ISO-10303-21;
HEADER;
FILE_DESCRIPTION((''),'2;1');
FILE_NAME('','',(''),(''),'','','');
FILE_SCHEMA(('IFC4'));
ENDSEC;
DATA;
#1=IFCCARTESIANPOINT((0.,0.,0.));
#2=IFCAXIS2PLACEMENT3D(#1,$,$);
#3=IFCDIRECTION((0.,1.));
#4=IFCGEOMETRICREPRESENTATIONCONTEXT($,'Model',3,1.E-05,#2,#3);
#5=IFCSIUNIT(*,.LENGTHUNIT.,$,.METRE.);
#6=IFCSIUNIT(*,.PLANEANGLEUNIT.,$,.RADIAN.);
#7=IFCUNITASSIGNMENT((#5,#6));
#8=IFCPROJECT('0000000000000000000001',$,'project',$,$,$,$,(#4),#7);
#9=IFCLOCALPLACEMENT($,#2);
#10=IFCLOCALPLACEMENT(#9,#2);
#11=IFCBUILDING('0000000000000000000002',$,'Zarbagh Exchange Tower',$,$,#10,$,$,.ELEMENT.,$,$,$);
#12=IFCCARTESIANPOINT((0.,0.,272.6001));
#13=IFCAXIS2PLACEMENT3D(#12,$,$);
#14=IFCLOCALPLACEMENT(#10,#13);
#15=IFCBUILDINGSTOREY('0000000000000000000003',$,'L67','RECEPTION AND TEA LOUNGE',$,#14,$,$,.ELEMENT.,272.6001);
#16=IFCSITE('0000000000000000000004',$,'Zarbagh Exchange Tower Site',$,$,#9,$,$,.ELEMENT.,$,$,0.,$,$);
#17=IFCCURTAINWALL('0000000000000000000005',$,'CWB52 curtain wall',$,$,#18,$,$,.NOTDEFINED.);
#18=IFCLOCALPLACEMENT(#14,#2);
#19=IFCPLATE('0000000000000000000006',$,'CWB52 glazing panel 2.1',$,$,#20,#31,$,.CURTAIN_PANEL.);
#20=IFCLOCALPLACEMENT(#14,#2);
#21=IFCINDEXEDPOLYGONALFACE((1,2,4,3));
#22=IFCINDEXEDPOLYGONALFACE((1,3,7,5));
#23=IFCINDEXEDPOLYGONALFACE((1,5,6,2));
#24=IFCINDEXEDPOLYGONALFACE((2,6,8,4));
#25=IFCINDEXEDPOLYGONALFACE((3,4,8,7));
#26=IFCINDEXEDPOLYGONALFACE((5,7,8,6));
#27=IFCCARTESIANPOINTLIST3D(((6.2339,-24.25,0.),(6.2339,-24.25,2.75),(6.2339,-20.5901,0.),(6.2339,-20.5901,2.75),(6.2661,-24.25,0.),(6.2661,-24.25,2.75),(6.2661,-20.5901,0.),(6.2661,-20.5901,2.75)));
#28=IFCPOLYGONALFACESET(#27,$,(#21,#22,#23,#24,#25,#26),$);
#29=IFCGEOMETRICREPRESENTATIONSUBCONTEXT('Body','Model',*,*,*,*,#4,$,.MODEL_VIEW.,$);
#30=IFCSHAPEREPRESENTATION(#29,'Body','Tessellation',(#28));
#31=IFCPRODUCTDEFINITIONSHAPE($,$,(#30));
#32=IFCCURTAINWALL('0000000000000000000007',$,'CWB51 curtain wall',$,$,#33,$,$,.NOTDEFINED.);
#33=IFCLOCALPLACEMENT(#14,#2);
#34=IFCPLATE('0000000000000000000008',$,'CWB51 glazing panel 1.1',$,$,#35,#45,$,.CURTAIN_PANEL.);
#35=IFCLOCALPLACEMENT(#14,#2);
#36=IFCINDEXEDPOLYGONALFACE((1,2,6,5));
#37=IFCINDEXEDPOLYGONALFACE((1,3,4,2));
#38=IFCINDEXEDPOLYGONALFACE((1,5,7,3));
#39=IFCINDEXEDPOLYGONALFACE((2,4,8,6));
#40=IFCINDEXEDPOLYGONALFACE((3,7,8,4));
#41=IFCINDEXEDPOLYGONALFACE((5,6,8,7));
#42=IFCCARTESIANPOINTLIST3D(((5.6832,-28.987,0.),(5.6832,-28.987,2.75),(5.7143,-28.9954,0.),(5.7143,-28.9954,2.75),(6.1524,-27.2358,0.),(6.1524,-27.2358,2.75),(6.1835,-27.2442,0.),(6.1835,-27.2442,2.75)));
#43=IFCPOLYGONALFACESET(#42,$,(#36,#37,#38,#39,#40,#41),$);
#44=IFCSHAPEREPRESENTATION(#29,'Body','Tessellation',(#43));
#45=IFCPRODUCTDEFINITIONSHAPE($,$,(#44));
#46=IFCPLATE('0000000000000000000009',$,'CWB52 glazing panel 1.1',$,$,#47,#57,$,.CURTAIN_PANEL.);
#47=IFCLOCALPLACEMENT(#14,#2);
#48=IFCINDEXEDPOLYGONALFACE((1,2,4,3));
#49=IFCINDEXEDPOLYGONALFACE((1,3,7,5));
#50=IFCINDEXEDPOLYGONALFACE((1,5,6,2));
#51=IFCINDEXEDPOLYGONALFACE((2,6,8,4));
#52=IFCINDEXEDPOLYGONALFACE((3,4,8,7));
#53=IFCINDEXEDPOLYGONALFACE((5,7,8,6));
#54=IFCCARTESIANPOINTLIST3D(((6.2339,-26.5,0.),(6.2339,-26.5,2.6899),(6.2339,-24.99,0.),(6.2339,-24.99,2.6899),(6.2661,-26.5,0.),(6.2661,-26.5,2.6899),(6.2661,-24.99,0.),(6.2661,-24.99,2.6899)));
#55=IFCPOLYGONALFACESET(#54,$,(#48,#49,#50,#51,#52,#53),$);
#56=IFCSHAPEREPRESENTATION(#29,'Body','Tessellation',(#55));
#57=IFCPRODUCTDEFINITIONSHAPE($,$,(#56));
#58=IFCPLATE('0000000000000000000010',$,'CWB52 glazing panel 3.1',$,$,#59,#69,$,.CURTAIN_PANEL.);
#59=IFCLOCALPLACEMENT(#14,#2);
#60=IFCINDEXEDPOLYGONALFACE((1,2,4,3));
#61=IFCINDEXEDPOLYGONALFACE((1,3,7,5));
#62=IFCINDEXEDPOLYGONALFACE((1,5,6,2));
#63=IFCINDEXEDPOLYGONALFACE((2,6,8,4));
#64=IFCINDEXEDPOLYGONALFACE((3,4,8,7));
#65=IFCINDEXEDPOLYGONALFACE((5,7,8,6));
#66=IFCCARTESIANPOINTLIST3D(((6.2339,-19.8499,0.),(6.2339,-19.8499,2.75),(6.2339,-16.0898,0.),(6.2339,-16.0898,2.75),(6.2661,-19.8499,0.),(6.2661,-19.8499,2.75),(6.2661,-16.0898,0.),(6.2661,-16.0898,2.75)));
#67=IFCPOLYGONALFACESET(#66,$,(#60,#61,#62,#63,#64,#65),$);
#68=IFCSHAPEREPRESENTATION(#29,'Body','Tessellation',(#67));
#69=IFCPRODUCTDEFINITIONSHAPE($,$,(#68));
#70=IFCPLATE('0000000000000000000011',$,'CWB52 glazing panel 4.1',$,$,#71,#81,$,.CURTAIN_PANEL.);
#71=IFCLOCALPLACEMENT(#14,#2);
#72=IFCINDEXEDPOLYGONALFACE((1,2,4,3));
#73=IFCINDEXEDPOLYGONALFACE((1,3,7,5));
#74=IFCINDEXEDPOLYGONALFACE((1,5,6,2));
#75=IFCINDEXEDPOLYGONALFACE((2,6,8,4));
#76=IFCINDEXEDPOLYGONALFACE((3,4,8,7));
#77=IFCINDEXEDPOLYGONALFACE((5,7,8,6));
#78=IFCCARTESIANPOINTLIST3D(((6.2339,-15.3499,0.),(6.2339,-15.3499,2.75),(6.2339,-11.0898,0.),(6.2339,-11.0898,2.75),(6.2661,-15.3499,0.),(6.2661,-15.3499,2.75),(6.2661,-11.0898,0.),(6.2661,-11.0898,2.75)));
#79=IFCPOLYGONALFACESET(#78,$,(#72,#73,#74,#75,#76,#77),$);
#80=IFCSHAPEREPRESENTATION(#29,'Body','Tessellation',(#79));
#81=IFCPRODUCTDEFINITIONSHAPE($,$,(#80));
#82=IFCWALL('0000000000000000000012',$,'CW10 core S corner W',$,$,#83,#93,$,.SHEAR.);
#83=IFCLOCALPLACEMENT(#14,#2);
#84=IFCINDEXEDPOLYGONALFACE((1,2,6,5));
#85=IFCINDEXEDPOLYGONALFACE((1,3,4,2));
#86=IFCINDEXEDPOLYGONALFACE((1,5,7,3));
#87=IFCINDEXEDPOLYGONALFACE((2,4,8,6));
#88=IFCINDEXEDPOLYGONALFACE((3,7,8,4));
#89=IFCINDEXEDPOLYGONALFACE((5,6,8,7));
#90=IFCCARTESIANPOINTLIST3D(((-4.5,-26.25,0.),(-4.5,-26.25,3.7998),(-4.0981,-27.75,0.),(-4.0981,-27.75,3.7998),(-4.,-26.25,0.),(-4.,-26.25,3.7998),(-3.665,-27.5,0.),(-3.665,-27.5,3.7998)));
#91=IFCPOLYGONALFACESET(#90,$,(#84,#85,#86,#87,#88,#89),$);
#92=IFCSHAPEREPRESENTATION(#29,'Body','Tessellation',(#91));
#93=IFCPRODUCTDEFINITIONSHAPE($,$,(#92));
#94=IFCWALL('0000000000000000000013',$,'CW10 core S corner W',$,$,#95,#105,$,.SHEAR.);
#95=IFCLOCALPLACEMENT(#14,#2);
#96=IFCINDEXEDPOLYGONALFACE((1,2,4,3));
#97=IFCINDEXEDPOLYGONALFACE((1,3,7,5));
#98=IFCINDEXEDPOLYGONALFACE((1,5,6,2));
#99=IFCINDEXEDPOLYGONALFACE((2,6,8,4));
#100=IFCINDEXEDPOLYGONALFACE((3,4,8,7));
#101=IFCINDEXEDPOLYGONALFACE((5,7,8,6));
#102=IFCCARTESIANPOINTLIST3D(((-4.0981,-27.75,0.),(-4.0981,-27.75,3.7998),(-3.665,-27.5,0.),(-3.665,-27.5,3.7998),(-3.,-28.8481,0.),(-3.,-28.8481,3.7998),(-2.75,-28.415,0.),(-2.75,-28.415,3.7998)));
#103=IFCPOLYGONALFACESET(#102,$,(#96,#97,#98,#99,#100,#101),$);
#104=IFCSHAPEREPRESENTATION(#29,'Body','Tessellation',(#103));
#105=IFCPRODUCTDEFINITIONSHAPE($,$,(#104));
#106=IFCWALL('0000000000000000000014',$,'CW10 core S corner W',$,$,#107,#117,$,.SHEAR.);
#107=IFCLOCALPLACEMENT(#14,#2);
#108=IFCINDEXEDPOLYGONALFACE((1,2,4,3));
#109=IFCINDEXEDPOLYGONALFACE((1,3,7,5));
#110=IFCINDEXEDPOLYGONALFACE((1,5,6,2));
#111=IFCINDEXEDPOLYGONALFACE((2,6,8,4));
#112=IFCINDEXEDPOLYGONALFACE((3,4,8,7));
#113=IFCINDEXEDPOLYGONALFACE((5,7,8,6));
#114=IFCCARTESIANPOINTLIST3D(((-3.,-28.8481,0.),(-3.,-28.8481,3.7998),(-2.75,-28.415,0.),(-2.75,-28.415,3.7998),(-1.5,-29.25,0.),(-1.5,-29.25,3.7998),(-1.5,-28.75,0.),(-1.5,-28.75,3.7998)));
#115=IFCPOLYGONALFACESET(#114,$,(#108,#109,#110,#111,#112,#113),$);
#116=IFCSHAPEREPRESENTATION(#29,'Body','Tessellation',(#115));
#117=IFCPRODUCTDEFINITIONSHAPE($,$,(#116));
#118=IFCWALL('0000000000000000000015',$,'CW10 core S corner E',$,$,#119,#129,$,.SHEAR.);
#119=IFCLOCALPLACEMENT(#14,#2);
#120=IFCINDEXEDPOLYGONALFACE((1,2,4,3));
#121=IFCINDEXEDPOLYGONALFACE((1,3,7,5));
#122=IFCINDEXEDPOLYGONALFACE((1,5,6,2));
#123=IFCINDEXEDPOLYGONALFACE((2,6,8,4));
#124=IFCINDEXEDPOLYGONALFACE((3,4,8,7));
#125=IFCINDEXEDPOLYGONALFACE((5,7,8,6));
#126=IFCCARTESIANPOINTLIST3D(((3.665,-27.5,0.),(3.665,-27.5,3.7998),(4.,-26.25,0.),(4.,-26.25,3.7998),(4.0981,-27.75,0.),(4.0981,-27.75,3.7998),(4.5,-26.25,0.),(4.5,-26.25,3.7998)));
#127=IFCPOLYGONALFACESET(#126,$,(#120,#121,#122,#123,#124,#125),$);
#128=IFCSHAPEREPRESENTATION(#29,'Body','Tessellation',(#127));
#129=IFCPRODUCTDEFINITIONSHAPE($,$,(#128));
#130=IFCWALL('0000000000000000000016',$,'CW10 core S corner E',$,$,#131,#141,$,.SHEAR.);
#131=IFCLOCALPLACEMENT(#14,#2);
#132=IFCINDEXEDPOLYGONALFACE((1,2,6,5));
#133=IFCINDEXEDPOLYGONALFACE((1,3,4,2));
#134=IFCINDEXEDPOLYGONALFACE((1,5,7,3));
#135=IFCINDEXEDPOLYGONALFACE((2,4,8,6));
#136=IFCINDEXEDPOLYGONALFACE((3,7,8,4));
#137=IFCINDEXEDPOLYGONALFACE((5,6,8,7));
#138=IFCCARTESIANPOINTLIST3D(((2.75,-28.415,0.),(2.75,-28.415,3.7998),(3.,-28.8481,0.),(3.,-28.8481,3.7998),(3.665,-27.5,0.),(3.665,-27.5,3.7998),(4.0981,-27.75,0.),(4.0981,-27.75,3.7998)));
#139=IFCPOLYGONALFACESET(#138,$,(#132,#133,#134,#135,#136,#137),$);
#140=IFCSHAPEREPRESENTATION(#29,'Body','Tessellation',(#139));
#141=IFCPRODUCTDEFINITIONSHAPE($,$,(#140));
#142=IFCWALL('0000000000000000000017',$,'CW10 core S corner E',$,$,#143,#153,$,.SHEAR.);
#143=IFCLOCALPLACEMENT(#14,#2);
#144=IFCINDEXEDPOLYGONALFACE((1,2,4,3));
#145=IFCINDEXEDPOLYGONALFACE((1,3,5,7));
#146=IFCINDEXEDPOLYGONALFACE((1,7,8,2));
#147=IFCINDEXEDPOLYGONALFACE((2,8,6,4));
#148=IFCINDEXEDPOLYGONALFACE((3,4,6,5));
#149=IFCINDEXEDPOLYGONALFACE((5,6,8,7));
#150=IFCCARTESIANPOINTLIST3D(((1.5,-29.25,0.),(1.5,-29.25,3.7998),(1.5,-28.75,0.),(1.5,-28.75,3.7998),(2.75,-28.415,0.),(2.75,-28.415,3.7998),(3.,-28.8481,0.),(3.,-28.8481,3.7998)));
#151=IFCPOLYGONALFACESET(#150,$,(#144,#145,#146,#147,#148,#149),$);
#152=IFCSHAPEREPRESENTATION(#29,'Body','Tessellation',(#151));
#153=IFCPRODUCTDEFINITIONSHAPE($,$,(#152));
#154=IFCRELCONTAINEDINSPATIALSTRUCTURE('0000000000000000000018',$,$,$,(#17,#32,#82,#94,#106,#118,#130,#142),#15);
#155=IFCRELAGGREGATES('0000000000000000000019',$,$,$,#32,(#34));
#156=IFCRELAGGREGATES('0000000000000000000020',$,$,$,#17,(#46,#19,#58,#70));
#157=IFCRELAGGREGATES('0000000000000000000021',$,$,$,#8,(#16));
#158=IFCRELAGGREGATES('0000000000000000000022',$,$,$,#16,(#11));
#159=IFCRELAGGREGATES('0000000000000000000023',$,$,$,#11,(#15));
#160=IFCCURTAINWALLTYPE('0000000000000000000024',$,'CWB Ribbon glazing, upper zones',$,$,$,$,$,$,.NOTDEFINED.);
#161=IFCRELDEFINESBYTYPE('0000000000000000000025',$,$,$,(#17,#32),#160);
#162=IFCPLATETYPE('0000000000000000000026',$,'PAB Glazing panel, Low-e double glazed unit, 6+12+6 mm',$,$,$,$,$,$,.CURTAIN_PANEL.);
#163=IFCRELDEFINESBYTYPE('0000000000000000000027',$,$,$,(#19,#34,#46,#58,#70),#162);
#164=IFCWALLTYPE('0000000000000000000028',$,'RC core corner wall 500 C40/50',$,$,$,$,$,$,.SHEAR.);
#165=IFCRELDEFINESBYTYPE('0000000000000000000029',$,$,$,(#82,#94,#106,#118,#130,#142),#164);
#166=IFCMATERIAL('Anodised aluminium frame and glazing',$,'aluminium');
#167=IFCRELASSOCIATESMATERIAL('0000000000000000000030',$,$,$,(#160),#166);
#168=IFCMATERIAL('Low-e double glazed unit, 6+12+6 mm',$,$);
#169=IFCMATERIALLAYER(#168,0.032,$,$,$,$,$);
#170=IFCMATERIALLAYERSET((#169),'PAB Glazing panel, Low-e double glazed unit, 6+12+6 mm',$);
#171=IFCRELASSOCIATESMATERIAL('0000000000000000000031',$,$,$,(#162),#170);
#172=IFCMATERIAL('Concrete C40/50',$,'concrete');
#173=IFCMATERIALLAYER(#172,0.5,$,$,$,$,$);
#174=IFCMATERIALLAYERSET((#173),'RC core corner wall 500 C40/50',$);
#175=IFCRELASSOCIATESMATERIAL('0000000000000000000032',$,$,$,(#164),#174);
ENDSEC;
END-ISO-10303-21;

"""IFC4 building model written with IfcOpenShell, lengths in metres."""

from ifc_helpers import new_model, si_unit, direction, frame, origin, place, context, subcontext, project, spatial, polyline, outline, extrude, source, transform, mapped, material, layer, layer_set, type_object, element, aggregate, save


model = new_model("IFC4")

# Units and contexts
model_context = context("Model", 3, precision=1e-05, world=origin(), true_north=direction((0.0, 1.0)))
body_context = subcontext(model_context, "Body", "Model", "MODEL_VIEW")
ifc_project = project(units=[si_unit("LENGTHUNIT", "METRE"), si_unit("PLANEANGLEUNIT", "RADIAN")], contexts=[model_context])

# Site, building, storey
site_placement = place(None, origin())
site = spatial("IfcSite", under=ifc_project, at=site_placement, Name="Zarbagh Exchange Tower Site", CompositionType="ELEMENT", RefElevation=0.0)
building_placement = place(site_placement, origin())
building = spatial("IfcBuilding", under=site, at=building_placement, Name="Zarbagh Exchange Tower", CompositionType="ELEMENT")
storey_placement = place(building_placement, frame((0.0, 0.0, 272.6001)))
storey = spatial("IfcBuildingStorey", under=building, at=storey_placement, Name="L67", Description="RECEPTION AND TEA LOUNGE", CompositionType="ELEMENT", Elevation=272.6001)

# Shared definitions
ifc_material_1 = material(Name="Anodised aluminium frame and glazing", Category="aluminium")
curtain_wall_type = type_object("IfcCurtainWallType", Name="CWB Ribbon glazing, upper zones", PredefinedType="NOTDEFINED", material=ifc_material_1)
placement = place(storey_placement, origin())

# Curtain wall
curtain_wall_1_placement = place(storey_placement, origin())
curtain_wall_1 = element("IfcCurtainWall", 1, at=curtain_wall_1_placement, inside=storey, type_object=curtain_wall_type, Name="CWB52 curtain wall", PredefinedType="NOTDEFINED")

# Shared definitions
ifc_material_2 = material(Name="Concrete C40/50", Category="concrete")

# Shared definitions
ifc_material_3 = material(Name="Low-e double glazed unit, 6+12+6 mm")
ifc_layer_1 = layer(ifc_material_3, 0.032)
ifc_layer_set_1 = layer_set([ifc_layer_1], Name="PAB Glazing panel, Low-e double glazed unit, 6+12+6 mm")
plate_type = type_object("IfcPlateType", Name="PAB Glazing panel, Low-e double glazed unit, 6+12+6 mm", PredefinedType="CURTAIN_PANEL", material=ifc_layer_set_1)

# Plate
shared_shape_1 = source(origin(), body_context, "Body", "SweptSolid", [
    extrude(outline(polyline([(0.0, -0.0161), (3.6599, -0.0161), (3.6599, 0.0161), (0.0, 0.0161), (0.0, -0.0161)])), origin(), (0.0, 0.0, 1.0), 2.75),
])
plate_1 = element("IfcPlate", 2, at=placement, type_object=plate_type, Name="CWB52 glazing panel 2.1", PredefinedType="CURTAIN_PANEL", context=body_context, shape_type="MappedRepresentation", body=[
    mapped(shared_shape_1, transform((6.25, -24.25, 0.0), x_axis=(0.0, 1.0, 0.0), y_axis=(-1.0, 0.0, 0.0), z_axis=(0.0, 0.0, 1.0))),
])

# Curtain wall, plate
curtain_wall_2_placement = place(storey_placement, origin())
curtain_wall_2 = element("IfcCurtainWall", 3, at=curtain_wall_2_placement, inside=storey, type_object=curtain_wall_type, Name="CWB51 curtain wall", PredefinedType="NOTDEFINED")
shared_shape_2 = source(origin(), body_context, "Body", "SweptSolid", [
    extrude(outline(polyline([(0.0, -0.0161), (1.813, -0.0161), (1.813, 0.0161), (0.0, 0.0161), (0.0, -0.0161)])), origin(), (0.0, 0.0, 1.0), 2.75),
])
plate_2 = element("IfcPlate", 4, at=placement, type_object=plate_type, Name="CWB51 glazing panel 1.1", PredefinedType="CURTAIN_PANEL", context=body_context, shape_type="MappedRepresentation", body=[
    mapped(shared_shape_2, transform((5.6987, -28.9912, 0.0), x_axis=(0.258825, 0.965924, 0.0), y_axis=(-0.965924, 0.258825, 0.0), z_axis=(0.0, 0.0, 1.0))),
])
aggregate(curtain_wall_2, [plate_2])

# Plates
shared_shape_3 = source(origin(), body_context, "Body", "SweptSolid", [
    extrude(outline(polyline([(0.0, -0.0161), (1.51, -0.0161), (1.51, 0.0161), (0.0, 0.0161), (0.0, -0.0161)])), origin(), (0.0, 0.0, 1.0), 2.6899),
])
plate_3 = element("IfcPlate", 5, at=placement, type_object=plate_type, Name="CWB52 glazing panel 1.1", PredefinedType="CURTAIN_PANEL", context=body_context, shape_type="MappedRepresentation", body=[
    mapped(shared_shape_3, transform((6.25, -26.5, 0.0), x_axis=(0.0, 1.0, 0.0), y_axis=(-1.0, 0.0, 0.0), z_axis=(0.0, 0.0, 1.0))),
])
shared_shape_4 = source(origin(), body_context, "Body", "SweptSolid", [
    extrude(outline(polyline([(0.0, -0.0161), (3.76, -0.0161), (3.76, 0.0161), (0.0, 0.0161), (0.0, -0.0161)])), origin(), (0.0, 0.0, 1.0), 2.75),
])
plate_4 = element("IfcPlate", 6, at=placement, type_object=plate_type, Name="CWB52 glazing panel 3.1", PredefinedType="CURTAIN_PANEL", context=body_context, shape_type="MappedRepresentation", body=[
    mapped(shared_shape_4, transform((6.25, -19.8499, 0.0), x_axis=(0.0, 1.0, 0.0), y_axis=(-1.0, 0.0, 0.0), z_axis=(0.0, 0.0, 1.0))),
])
shared_shape_5 = source(origin(), body_context, "Body", "SweptSolid", [
    extrude(outline(polyline([(0.0, -0.0161), (4.26, -0.0161), (4.26, 0.0161), (0.0, 0.0161), (0.0, -0.0161)])), origin(), (0.0, 0.0, 1.0), 2.75),
])
plate_5 = element("IfcPlate", 7, at=placement, type_object=plate_type, Name="CWB52 glazing panel 4.1", PredefinedType="CURTAIN_PANEL", context=body_context, shape_type="MappedRepresentation", body=[
    mapped(shared_shape_5, transform((6.25, -15.3499, 0.0), x_axis=(0.0, 1.0, 0.0), y_axis=(-1.0, 0.0, 0.0), z_axis=(0.0, 0.0, 1.0))),
])
aggregate(curtain_wall_1, [plate_3, plate_1, plate_4, plate_5])

# Walls
ifc_layer_2 = layer(ifc_material_2, 0.5)
ifc_layer_set_2 = layer_set([ifc_layer_2], Name="RC core corner wall 500 C40/50")
wall_type = type_object("IfcWallType", Name="RC core corner wall 500 C40/50", PredefinedType="SHEAR", material=ifc_layer_set_2)
wall_1_placement = place(storey_placement, origin())
element("IfcWall", 8, at=wall_1_placement, inside=storey, type_object=wall_type, Name="CW10 core S corner W", PredefinedType="SHEAR", context=body_context, shape_type="SweptSolid", body=[
    extrude(outline(polyline([(-4.5, -26.25), (-4.0981, -27.75), (-3.665, -27.5), (-4.0, -26.25), (-4.5, -26.25)])), origin(), (0.0, 0.0, 1.0), 3.7998),
])
wall_2_placement = place(storey_placement, origin())
element("IfcWall", 9, at=wall_2_placement, inside=storey, type_object=wall_type, Name="CW10 core S corner W", PredefinedType="SHEAR", context=body_context, shape_type="SweptSolid", body=[
    extrude(outline(polyline([(-4.0981, -27.75), (-3.0, -28.8481), (-2.75, -28.415), (-3.665, -27.5), (-4.0981, -27.75)])), origin(), (0.0, 0.0, 1.0), 3.7998),
])
wall_3_placement = place(storey_placement, origin())
element("IfcWall", 10, at=wall_3_placement, inside=storey, type_object=wall_type, Name="CW10 core S corner W", PredefinedType="SHEAR", context=body_context, shape_type="SweptSolid", body=[
    extrude(outline(polyline([(-3.0, -28.8481), (-1.5, -29.25), (-1.5, -28.75), (-2.75, -28.415), (-3.0, -28.8481)])), origin(), (0.0, 0.0, 1.0), 3.7998),
])
wall_4_placement = place(storey_placement, origin())
element("IfcWall", 11, at=wall_4_placement, inside=storey, type_object=wall_type, Name="CW10 core S corner E", PredefinedType="SHEAR", context=body_context, shape_type="SweptSolid", body=[
    extrude(outline(polyline([(4.5, -26.25), (4.0981, -27.75), (3.665, -27.5), (4.0, -26.25), (4.5, -26.25)])), origin(), (0.0, 0.0, 1.0), 3.7998),
])
wall_5_placement = place(storey_placement, origin())
element("IfcWall", 12, at=wall_5_placement, inside=storey, type_object=wall_type, Name="CW10 core S corner E", PredefinedType="SHEAR", context=body_context, shape_type="SweptSolid", body=[
    extrude(outline(polyline([(4.0981, -27.75), (3.0, -28.8481), (2.75, -28.415), (3.665, -27.5), (4.0981, -27.75)])), origin(), (0.0, 0.0, 1.0), 3.7998),
])
wall_6_placement = place(storey_placement, origin())
element("IfcWall", 13, at=wall_6_placement, inside=storey, type_object=wall_type, Name="CW10 core S corner E", PredefinedType="SHEAR", context=body_context, shape_type="SweptSolid", body=[
    extrude(outline(polyline([(3.0, -28.8481), (1.5, -29.25), (1.5, -28.75), (2.75, -28.415), (3.0, -28.8481)])), origin(), (0.0, 0.0, 1.0), 3.7998),
])

save(model, "model.ifc")
